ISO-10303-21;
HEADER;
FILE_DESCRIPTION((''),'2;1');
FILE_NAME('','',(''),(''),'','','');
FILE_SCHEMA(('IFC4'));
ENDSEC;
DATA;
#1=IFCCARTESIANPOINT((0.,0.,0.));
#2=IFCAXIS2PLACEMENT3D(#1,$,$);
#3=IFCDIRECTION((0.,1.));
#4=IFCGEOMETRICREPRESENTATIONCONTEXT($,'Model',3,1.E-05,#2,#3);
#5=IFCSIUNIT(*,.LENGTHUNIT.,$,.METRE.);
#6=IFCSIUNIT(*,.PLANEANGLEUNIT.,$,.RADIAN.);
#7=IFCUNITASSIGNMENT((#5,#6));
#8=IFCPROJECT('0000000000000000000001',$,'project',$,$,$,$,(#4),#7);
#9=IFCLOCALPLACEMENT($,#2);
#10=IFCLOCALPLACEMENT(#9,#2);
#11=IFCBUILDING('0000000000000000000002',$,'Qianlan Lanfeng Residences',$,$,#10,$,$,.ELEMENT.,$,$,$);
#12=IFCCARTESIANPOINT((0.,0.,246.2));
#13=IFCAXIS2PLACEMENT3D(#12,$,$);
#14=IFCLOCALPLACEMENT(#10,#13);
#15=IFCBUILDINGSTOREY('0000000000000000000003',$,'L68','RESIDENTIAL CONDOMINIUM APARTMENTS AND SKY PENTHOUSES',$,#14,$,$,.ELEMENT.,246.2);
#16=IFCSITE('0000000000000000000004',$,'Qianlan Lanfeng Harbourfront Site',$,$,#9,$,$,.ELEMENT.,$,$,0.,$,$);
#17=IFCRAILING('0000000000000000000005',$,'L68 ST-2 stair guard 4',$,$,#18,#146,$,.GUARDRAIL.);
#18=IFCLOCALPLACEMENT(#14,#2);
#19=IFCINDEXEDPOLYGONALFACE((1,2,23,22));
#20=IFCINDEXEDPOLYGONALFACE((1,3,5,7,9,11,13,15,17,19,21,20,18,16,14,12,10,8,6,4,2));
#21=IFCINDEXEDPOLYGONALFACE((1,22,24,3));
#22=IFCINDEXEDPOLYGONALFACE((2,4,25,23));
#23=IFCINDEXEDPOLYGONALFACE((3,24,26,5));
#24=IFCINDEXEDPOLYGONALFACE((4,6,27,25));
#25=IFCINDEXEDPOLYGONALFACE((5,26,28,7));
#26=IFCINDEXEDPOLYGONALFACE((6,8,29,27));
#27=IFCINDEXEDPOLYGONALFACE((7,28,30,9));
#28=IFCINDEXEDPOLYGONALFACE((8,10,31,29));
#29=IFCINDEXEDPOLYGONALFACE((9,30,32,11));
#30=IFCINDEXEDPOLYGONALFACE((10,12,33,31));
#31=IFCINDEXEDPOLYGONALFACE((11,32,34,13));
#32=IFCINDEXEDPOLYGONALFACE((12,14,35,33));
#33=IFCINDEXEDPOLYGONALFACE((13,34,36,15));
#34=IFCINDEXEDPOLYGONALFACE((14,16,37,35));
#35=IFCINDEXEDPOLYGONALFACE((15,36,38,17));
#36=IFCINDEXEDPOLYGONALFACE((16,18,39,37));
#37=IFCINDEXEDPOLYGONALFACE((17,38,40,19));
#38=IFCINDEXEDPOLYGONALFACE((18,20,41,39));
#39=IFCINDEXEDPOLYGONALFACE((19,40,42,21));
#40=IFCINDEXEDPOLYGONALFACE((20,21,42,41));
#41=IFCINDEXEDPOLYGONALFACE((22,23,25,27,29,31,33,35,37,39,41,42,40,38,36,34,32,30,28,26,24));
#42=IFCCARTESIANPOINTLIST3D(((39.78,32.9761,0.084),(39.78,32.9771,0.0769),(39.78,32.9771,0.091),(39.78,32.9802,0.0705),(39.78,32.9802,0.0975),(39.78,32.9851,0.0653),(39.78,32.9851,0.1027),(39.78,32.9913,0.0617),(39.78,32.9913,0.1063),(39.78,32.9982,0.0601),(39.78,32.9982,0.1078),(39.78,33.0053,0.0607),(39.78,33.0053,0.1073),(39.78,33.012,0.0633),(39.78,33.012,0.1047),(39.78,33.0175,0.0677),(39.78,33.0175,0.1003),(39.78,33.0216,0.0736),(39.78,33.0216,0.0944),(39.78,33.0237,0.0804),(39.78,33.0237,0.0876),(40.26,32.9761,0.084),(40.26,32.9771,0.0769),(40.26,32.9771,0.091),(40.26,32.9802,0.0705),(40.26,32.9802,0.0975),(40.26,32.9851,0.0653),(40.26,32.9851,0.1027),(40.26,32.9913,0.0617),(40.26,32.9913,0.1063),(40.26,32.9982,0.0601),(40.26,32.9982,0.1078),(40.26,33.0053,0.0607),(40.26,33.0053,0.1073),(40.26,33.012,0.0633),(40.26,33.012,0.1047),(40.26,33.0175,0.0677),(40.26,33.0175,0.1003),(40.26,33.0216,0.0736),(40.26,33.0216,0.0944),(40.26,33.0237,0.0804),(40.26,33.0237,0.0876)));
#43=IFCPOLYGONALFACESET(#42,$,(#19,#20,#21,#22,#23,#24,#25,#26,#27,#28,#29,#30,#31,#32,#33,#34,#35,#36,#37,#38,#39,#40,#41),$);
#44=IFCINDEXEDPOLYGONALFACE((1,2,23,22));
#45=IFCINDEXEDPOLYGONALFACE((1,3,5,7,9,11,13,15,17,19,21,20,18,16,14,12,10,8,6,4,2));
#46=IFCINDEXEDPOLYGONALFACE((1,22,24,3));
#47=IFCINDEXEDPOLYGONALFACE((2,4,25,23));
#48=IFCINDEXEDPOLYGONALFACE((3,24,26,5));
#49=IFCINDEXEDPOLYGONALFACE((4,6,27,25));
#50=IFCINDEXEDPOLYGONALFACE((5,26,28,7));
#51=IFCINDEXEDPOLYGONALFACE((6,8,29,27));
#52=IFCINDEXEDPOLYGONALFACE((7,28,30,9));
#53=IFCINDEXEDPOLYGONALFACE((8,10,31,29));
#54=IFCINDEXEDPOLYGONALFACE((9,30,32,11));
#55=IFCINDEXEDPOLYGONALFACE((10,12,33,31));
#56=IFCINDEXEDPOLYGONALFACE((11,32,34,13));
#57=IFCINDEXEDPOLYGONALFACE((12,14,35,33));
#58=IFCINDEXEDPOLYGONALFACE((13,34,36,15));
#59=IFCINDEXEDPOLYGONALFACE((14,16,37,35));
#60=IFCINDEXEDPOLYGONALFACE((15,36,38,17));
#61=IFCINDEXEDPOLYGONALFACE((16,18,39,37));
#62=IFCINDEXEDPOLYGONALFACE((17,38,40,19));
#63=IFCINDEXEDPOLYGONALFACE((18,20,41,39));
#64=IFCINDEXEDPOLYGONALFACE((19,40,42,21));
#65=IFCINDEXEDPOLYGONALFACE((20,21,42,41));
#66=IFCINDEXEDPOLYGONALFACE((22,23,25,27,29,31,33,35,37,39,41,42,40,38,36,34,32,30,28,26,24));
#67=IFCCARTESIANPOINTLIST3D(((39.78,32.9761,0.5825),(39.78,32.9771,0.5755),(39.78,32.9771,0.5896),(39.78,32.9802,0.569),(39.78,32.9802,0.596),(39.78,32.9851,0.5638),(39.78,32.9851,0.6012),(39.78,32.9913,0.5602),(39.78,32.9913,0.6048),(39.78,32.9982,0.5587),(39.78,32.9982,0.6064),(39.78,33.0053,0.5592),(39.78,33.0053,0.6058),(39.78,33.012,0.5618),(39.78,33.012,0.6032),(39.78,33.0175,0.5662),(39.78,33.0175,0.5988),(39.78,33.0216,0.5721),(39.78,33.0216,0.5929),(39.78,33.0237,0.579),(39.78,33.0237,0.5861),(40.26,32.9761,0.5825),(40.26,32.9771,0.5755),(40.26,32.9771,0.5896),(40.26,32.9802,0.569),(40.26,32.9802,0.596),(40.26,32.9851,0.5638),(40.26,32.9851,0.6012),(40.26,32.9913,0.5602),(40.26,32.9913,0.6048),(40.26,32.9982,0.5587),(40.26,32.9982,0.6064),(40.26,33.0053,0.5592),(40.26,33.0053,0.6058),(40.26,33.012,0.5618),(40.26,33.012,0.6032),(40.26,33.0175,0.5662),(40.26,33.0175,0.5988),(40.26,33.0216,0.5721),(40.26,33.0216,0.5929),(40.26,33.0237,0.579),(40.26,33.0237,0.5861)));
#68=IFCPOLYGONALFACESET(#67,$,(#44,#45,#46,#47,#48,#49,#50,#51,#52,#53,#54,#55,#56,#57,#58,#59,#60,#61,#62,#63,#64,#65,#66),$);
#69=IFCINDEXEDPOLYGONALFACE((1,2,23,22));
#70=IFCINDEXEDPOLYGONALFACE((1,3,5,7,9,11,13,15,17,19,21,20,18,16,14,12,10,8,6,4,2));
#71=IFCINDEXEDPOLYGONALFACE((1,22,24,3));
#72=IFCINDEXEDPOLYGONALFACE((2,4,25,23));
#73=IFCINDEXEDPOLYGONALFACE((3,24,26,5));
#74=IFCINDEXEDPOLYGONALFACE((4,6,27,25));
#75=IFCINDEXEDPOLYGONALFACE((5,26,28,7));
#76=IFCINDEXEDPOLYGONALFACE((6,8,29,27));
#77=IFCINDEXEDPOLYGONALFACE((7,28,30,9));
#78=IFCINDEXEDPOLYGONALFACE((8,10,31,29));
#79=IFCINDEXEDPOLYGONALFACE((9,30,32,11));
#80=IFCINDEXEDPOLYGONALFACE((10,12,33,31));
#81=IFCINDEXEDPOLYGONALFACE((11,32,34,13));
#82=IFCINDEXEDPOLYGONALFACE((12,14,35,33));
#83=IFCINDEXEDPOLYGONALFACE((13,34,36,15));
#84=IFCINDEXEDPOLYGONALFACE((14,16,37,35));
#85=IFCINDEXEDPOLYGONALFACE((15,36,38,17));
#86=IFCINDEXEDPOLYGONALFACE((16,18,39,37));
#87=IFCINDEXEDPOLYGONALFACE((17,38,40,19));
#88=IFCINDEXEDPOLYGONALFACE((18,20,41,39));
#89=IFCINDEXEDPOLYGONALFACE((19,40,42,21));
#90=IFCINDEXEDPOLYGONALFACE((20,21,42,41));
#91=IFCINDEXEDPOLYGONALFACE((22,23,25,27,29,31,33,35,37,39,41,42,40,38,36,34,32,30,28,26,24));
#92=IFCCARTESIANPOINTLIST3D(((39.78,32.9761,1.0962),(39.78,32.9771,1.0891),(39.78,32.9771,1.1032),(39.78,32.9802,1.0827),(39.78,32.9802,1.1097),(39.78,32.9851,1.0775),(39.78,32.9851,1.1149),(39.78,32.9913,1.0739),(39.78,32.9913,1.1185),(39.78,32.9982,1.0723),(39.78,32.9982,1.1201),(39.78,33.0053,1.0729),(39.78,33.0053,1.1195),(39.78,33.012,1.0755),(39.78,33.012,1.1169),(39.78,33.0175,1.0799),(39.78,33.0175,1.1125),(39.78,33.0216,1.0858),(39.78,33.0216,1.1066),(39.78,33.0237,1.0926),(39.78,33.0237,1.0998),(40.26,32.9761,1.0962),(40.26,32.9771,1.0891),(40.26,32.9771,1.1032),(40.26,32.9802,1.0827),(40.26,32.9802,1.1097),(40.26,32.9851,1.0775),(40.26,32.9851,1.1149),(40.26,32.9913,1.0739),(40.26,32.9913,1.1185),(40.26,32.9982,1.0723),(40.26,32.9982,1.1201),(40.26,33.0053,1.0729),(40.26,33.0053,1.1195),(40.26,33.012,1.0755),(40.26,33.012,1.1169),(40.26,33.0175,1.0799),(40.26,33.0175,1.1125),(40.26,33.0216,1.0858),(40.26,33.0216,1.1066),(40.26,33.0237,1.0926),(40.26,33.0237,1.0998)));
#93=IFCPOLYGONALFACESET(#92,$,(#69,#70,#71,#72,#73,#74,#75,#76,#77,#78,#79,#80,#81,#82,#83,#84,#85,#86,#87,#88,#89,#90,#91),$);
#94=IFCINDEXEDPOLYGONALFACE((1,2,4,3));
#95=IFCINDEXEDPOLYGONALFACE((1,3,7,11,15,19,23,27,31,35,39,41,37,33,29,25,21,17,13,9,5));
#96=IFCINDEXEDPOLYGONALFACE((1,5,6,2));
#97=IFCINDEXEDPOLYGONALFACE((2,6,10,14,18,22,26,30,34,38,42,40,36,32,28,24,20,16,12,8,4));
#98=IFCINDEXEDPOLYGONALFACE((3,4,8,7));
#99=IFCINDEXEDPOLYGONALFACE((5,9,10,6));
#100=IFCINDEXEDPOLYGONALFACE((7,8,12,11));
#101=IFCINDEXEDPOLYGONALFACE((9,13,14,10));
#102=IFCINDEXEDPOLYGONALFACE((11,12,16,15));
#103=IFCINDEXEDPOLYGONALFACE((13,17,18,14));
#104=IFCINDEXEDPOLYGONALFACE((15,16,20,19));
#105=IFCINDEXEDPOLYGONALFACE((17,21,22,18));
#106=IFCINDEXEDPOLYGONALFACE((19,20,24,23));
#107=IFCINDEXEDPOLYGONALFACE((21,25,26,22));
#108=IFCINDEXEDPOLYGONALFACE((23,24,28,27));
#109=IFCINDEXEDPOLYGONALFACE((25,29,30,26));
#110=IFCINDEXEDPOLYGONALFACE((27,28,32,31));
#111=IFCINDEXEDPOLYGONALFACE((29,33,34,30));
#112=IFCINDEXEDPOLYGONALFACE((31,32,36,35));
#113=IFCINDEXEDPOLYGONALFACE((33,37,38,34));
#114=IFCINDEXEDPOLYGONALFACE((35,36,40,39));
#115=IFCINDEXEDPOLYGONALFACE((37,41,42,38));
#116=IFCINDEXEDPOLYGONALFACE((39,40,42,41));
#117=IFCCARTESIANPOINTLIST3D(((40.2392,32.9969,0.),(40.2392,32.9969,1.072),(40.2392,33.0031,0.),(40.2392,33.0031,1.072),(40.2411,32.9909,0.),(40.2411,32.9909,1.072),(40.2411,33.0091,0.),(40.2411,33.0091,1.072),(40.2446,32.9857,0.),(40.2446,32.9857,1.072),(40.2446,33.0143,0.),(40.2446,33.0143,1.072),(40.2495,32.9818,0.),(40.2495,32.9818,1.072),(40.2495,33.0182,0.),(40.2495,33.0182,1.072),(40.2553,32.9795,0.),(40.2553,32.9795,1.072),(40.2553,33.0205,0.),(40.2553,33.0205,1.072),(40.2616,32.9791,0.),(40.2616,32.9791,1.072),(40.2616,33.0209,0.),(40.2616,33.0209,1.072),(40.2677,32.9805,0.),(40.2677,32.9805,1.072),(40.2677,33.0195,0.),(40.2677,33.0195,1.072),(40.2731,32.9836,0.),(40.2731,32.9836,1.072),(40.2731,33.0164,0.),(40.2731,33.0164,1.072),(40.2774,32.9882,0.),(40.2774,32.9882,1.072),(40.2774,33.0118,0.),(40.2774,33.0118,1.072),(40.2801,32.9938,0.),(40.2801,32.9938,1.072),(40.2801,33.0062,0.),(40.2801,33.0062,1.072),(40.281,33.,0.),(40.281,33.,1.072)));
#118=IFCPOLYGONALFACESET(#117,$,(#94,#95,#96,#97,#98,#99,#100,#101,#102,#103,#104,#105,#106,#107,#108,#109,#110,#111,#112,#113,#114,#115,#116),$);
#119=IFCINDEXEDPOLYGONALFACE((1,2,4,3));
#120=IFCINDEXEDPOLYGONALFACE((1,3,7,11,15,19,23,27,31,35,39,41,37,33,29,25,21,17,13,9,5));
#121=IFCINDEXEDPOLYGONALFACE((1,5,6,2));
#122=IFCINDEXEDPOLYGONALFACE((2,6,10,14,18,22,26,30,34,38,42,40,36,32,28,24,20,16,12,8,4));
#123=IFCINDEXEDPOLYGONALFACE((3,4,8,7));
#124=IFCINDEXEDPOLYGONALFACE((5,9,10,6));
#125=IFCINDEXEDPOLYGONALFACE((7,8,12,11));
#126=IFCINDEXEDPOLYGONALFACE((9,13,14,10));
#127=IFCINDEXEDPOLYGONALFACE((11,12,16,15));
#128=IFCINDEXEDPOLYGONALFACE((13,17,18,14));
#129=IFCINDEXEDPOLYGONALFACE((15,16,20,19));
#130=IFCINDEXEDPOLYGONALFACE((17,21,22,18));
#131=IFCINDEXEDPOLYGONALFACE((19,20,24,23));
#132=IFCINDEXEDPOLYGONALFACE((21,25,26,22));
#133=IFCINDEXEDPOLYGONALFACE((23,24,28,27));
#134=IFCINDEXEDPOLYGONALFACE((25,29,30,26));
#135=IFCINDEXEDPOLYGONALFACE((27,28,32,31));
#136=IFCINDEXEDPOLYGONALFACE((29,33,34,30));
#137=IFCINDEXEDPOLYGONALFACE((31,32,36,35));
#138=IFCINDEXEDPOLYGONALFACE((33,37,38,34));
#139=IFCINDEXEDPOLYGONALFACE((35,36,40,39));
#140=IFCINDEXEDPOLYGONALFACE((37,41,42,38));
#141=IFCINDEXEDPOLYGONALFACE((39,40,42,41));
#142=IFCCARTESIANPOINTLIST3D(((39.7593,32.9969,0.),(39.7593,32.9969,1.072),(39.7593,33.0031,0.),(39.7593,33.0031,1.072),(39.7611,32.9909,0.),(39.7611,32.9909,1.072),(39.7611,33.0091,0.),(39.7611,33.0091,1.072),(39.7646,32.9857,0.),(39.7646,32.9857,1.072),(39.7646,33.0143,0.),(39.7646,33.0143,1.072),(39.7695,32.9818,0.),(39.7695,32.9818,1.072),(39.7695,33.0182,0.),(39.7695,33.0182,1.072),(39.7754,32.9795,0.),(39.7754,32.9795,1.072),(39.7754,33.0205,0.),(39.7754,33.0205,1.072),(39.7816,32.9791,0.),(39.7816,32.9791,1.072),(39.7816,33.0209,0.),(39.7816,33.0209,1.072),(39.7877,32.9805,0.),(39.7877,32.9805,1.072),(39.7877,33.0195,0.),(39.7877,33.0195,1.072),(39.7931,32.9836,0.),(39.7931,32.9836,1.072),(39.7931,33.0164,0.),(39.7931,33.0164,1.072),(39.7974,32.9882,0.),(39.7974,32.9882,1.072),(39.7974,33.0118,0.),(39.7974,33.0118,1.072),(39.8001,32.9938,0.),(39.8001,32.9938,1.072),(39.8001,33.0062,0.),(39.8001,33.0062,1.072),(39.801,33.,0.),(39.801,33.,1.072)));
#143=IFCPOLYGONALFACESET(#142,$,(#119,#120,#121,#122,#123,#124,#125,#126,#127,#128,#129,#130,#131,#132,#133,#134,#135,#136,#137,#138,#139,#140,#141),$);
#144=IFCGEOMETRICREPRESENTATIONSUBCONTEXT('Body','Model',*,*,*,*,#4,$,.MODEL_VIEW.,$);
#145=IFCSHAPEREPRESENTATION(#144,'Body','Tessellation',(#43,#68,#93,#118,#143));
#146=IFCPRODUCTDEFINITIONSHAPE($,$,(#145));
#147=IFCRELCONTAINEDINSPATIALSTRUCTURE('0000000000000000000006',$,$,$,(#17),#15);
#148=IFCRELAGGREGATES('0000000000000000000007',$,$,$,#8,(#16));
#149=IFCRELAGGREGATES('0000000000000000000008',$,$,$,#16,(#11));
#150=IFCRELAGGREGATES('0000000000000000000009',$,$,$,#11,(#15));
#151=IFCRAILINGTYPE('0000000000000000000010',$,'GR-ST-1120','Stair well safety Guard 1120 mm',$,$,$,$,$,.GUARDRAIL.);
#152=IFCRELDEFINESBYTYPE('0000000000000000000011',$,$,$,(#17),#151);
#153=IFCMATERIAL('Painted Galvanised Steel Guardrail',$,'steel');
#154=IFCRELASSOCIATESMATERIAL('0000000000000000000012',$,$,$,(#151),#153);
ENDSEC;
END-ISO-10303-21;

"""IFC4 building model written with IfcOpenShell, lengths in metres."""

from ifc_helpers import new_model, si_unit, direction, frame, origin, origin_2d, place, context, subcontext, project, spatial, circle, extrude, material, type_object, element, save


model = new_model("IFC4")

# Units and contexts
model_context = context("Model", 3, precision=1e-05, world=origin(), true_north=direction((0.0, 1.0)))
body_context = subcontext(model_context, "Body", "Model", "MODEL_VIEW")
ifc_project = project(units=[si_unit("LENGTHUNIT", "METRE"), si_unit("PLANEANGLEUNIT", "RADIAN")], contexts=[model_context])

# Site, building, storey
site_placement = place(None, origin())
site = spatial("IfcSite", under=ifc_project, at=site_placement, Name="Qianlan Lanfeng Harbourfront Site", CompositionType="ELEMENT", RefElevation=0.0)
building_placement = place(site_placement, origin())
building = spatial("IfcBuilding", under=site, at=building_placement, Name="Qianlan Lanfeng Residences", CompositionType="ELEMENT")
storey_placement = place(building_placement, frame((0.0, 0.0, 246.2)))
storey = spatial("IfcBuildingStorey", under=building, at=storey_placement, Name="L68", Description="RESIDENTIAL CONDOMINIUM APARTMENTS AND SKY PENTHOUSES", CompositionType="ELEMENT", Elevation=246.2)

# Railing
ifc_material_1 = material(Name="Painted Galvanised Steel Guardrail", Category="steel")
railing_type_1 = type_object("IfcRailingType", Name="GR-ST-1120", Description="Stair well safety Guard 1120 mm", PredefinedType="GUARDRAIL", material=ifc_material_1)
railing_1_placement = place(storey_placement, frame((40.26, 33.0, 0.0)))
element("IfcRailing", 1, at=railing_1_placement, inside=storey, type_object=railing_type_1, Name="L68 ST-2 stair guard 4", PredefinedType="GUARDRAIL", context=body_context, shape_type="SweptSolid", body=[
    extrude(circle(Radius=0.0239, at=origin_2d()), frame((0.0, 0.0, 0.084), z_axis=(-1.0, 0.0, 0.0), x_axis=(0.0, -1.0, 0.0)), (0.0, 0.0, 1.0), 0.48),
    extrude(circle(Radius=0.0239, at=origin_2d()), frame((0.0, 0.0, 0.5825), z_axis=(-1.0, 0.0, 0.0), x_axis=(0.0, -1.0, 0.0)), (0.0, 0.0, 1.0), 0.48),
    extrude(circle(Radius=0.0239, at=origin_2d()), frame((0.0, 0.0, 1.0962), z_axis=(-1.0, 0.0, 0.0), x_axis=(0.0, -1.0, 0.0)), (0.0, 0.0, 1.0), 0.48),
    extrude(circle(Radius=0.021, at=origin_2d()), origin(), (0.0, 0.0, 1.0), 1.072),
    extrude(circle(Radius=0.021, at=origin_2d()), frame((-0.48, 0.0, 0.0)), (0.0, 0.0, 1.0), 1.072),
])

save(model, "model.ifc")
